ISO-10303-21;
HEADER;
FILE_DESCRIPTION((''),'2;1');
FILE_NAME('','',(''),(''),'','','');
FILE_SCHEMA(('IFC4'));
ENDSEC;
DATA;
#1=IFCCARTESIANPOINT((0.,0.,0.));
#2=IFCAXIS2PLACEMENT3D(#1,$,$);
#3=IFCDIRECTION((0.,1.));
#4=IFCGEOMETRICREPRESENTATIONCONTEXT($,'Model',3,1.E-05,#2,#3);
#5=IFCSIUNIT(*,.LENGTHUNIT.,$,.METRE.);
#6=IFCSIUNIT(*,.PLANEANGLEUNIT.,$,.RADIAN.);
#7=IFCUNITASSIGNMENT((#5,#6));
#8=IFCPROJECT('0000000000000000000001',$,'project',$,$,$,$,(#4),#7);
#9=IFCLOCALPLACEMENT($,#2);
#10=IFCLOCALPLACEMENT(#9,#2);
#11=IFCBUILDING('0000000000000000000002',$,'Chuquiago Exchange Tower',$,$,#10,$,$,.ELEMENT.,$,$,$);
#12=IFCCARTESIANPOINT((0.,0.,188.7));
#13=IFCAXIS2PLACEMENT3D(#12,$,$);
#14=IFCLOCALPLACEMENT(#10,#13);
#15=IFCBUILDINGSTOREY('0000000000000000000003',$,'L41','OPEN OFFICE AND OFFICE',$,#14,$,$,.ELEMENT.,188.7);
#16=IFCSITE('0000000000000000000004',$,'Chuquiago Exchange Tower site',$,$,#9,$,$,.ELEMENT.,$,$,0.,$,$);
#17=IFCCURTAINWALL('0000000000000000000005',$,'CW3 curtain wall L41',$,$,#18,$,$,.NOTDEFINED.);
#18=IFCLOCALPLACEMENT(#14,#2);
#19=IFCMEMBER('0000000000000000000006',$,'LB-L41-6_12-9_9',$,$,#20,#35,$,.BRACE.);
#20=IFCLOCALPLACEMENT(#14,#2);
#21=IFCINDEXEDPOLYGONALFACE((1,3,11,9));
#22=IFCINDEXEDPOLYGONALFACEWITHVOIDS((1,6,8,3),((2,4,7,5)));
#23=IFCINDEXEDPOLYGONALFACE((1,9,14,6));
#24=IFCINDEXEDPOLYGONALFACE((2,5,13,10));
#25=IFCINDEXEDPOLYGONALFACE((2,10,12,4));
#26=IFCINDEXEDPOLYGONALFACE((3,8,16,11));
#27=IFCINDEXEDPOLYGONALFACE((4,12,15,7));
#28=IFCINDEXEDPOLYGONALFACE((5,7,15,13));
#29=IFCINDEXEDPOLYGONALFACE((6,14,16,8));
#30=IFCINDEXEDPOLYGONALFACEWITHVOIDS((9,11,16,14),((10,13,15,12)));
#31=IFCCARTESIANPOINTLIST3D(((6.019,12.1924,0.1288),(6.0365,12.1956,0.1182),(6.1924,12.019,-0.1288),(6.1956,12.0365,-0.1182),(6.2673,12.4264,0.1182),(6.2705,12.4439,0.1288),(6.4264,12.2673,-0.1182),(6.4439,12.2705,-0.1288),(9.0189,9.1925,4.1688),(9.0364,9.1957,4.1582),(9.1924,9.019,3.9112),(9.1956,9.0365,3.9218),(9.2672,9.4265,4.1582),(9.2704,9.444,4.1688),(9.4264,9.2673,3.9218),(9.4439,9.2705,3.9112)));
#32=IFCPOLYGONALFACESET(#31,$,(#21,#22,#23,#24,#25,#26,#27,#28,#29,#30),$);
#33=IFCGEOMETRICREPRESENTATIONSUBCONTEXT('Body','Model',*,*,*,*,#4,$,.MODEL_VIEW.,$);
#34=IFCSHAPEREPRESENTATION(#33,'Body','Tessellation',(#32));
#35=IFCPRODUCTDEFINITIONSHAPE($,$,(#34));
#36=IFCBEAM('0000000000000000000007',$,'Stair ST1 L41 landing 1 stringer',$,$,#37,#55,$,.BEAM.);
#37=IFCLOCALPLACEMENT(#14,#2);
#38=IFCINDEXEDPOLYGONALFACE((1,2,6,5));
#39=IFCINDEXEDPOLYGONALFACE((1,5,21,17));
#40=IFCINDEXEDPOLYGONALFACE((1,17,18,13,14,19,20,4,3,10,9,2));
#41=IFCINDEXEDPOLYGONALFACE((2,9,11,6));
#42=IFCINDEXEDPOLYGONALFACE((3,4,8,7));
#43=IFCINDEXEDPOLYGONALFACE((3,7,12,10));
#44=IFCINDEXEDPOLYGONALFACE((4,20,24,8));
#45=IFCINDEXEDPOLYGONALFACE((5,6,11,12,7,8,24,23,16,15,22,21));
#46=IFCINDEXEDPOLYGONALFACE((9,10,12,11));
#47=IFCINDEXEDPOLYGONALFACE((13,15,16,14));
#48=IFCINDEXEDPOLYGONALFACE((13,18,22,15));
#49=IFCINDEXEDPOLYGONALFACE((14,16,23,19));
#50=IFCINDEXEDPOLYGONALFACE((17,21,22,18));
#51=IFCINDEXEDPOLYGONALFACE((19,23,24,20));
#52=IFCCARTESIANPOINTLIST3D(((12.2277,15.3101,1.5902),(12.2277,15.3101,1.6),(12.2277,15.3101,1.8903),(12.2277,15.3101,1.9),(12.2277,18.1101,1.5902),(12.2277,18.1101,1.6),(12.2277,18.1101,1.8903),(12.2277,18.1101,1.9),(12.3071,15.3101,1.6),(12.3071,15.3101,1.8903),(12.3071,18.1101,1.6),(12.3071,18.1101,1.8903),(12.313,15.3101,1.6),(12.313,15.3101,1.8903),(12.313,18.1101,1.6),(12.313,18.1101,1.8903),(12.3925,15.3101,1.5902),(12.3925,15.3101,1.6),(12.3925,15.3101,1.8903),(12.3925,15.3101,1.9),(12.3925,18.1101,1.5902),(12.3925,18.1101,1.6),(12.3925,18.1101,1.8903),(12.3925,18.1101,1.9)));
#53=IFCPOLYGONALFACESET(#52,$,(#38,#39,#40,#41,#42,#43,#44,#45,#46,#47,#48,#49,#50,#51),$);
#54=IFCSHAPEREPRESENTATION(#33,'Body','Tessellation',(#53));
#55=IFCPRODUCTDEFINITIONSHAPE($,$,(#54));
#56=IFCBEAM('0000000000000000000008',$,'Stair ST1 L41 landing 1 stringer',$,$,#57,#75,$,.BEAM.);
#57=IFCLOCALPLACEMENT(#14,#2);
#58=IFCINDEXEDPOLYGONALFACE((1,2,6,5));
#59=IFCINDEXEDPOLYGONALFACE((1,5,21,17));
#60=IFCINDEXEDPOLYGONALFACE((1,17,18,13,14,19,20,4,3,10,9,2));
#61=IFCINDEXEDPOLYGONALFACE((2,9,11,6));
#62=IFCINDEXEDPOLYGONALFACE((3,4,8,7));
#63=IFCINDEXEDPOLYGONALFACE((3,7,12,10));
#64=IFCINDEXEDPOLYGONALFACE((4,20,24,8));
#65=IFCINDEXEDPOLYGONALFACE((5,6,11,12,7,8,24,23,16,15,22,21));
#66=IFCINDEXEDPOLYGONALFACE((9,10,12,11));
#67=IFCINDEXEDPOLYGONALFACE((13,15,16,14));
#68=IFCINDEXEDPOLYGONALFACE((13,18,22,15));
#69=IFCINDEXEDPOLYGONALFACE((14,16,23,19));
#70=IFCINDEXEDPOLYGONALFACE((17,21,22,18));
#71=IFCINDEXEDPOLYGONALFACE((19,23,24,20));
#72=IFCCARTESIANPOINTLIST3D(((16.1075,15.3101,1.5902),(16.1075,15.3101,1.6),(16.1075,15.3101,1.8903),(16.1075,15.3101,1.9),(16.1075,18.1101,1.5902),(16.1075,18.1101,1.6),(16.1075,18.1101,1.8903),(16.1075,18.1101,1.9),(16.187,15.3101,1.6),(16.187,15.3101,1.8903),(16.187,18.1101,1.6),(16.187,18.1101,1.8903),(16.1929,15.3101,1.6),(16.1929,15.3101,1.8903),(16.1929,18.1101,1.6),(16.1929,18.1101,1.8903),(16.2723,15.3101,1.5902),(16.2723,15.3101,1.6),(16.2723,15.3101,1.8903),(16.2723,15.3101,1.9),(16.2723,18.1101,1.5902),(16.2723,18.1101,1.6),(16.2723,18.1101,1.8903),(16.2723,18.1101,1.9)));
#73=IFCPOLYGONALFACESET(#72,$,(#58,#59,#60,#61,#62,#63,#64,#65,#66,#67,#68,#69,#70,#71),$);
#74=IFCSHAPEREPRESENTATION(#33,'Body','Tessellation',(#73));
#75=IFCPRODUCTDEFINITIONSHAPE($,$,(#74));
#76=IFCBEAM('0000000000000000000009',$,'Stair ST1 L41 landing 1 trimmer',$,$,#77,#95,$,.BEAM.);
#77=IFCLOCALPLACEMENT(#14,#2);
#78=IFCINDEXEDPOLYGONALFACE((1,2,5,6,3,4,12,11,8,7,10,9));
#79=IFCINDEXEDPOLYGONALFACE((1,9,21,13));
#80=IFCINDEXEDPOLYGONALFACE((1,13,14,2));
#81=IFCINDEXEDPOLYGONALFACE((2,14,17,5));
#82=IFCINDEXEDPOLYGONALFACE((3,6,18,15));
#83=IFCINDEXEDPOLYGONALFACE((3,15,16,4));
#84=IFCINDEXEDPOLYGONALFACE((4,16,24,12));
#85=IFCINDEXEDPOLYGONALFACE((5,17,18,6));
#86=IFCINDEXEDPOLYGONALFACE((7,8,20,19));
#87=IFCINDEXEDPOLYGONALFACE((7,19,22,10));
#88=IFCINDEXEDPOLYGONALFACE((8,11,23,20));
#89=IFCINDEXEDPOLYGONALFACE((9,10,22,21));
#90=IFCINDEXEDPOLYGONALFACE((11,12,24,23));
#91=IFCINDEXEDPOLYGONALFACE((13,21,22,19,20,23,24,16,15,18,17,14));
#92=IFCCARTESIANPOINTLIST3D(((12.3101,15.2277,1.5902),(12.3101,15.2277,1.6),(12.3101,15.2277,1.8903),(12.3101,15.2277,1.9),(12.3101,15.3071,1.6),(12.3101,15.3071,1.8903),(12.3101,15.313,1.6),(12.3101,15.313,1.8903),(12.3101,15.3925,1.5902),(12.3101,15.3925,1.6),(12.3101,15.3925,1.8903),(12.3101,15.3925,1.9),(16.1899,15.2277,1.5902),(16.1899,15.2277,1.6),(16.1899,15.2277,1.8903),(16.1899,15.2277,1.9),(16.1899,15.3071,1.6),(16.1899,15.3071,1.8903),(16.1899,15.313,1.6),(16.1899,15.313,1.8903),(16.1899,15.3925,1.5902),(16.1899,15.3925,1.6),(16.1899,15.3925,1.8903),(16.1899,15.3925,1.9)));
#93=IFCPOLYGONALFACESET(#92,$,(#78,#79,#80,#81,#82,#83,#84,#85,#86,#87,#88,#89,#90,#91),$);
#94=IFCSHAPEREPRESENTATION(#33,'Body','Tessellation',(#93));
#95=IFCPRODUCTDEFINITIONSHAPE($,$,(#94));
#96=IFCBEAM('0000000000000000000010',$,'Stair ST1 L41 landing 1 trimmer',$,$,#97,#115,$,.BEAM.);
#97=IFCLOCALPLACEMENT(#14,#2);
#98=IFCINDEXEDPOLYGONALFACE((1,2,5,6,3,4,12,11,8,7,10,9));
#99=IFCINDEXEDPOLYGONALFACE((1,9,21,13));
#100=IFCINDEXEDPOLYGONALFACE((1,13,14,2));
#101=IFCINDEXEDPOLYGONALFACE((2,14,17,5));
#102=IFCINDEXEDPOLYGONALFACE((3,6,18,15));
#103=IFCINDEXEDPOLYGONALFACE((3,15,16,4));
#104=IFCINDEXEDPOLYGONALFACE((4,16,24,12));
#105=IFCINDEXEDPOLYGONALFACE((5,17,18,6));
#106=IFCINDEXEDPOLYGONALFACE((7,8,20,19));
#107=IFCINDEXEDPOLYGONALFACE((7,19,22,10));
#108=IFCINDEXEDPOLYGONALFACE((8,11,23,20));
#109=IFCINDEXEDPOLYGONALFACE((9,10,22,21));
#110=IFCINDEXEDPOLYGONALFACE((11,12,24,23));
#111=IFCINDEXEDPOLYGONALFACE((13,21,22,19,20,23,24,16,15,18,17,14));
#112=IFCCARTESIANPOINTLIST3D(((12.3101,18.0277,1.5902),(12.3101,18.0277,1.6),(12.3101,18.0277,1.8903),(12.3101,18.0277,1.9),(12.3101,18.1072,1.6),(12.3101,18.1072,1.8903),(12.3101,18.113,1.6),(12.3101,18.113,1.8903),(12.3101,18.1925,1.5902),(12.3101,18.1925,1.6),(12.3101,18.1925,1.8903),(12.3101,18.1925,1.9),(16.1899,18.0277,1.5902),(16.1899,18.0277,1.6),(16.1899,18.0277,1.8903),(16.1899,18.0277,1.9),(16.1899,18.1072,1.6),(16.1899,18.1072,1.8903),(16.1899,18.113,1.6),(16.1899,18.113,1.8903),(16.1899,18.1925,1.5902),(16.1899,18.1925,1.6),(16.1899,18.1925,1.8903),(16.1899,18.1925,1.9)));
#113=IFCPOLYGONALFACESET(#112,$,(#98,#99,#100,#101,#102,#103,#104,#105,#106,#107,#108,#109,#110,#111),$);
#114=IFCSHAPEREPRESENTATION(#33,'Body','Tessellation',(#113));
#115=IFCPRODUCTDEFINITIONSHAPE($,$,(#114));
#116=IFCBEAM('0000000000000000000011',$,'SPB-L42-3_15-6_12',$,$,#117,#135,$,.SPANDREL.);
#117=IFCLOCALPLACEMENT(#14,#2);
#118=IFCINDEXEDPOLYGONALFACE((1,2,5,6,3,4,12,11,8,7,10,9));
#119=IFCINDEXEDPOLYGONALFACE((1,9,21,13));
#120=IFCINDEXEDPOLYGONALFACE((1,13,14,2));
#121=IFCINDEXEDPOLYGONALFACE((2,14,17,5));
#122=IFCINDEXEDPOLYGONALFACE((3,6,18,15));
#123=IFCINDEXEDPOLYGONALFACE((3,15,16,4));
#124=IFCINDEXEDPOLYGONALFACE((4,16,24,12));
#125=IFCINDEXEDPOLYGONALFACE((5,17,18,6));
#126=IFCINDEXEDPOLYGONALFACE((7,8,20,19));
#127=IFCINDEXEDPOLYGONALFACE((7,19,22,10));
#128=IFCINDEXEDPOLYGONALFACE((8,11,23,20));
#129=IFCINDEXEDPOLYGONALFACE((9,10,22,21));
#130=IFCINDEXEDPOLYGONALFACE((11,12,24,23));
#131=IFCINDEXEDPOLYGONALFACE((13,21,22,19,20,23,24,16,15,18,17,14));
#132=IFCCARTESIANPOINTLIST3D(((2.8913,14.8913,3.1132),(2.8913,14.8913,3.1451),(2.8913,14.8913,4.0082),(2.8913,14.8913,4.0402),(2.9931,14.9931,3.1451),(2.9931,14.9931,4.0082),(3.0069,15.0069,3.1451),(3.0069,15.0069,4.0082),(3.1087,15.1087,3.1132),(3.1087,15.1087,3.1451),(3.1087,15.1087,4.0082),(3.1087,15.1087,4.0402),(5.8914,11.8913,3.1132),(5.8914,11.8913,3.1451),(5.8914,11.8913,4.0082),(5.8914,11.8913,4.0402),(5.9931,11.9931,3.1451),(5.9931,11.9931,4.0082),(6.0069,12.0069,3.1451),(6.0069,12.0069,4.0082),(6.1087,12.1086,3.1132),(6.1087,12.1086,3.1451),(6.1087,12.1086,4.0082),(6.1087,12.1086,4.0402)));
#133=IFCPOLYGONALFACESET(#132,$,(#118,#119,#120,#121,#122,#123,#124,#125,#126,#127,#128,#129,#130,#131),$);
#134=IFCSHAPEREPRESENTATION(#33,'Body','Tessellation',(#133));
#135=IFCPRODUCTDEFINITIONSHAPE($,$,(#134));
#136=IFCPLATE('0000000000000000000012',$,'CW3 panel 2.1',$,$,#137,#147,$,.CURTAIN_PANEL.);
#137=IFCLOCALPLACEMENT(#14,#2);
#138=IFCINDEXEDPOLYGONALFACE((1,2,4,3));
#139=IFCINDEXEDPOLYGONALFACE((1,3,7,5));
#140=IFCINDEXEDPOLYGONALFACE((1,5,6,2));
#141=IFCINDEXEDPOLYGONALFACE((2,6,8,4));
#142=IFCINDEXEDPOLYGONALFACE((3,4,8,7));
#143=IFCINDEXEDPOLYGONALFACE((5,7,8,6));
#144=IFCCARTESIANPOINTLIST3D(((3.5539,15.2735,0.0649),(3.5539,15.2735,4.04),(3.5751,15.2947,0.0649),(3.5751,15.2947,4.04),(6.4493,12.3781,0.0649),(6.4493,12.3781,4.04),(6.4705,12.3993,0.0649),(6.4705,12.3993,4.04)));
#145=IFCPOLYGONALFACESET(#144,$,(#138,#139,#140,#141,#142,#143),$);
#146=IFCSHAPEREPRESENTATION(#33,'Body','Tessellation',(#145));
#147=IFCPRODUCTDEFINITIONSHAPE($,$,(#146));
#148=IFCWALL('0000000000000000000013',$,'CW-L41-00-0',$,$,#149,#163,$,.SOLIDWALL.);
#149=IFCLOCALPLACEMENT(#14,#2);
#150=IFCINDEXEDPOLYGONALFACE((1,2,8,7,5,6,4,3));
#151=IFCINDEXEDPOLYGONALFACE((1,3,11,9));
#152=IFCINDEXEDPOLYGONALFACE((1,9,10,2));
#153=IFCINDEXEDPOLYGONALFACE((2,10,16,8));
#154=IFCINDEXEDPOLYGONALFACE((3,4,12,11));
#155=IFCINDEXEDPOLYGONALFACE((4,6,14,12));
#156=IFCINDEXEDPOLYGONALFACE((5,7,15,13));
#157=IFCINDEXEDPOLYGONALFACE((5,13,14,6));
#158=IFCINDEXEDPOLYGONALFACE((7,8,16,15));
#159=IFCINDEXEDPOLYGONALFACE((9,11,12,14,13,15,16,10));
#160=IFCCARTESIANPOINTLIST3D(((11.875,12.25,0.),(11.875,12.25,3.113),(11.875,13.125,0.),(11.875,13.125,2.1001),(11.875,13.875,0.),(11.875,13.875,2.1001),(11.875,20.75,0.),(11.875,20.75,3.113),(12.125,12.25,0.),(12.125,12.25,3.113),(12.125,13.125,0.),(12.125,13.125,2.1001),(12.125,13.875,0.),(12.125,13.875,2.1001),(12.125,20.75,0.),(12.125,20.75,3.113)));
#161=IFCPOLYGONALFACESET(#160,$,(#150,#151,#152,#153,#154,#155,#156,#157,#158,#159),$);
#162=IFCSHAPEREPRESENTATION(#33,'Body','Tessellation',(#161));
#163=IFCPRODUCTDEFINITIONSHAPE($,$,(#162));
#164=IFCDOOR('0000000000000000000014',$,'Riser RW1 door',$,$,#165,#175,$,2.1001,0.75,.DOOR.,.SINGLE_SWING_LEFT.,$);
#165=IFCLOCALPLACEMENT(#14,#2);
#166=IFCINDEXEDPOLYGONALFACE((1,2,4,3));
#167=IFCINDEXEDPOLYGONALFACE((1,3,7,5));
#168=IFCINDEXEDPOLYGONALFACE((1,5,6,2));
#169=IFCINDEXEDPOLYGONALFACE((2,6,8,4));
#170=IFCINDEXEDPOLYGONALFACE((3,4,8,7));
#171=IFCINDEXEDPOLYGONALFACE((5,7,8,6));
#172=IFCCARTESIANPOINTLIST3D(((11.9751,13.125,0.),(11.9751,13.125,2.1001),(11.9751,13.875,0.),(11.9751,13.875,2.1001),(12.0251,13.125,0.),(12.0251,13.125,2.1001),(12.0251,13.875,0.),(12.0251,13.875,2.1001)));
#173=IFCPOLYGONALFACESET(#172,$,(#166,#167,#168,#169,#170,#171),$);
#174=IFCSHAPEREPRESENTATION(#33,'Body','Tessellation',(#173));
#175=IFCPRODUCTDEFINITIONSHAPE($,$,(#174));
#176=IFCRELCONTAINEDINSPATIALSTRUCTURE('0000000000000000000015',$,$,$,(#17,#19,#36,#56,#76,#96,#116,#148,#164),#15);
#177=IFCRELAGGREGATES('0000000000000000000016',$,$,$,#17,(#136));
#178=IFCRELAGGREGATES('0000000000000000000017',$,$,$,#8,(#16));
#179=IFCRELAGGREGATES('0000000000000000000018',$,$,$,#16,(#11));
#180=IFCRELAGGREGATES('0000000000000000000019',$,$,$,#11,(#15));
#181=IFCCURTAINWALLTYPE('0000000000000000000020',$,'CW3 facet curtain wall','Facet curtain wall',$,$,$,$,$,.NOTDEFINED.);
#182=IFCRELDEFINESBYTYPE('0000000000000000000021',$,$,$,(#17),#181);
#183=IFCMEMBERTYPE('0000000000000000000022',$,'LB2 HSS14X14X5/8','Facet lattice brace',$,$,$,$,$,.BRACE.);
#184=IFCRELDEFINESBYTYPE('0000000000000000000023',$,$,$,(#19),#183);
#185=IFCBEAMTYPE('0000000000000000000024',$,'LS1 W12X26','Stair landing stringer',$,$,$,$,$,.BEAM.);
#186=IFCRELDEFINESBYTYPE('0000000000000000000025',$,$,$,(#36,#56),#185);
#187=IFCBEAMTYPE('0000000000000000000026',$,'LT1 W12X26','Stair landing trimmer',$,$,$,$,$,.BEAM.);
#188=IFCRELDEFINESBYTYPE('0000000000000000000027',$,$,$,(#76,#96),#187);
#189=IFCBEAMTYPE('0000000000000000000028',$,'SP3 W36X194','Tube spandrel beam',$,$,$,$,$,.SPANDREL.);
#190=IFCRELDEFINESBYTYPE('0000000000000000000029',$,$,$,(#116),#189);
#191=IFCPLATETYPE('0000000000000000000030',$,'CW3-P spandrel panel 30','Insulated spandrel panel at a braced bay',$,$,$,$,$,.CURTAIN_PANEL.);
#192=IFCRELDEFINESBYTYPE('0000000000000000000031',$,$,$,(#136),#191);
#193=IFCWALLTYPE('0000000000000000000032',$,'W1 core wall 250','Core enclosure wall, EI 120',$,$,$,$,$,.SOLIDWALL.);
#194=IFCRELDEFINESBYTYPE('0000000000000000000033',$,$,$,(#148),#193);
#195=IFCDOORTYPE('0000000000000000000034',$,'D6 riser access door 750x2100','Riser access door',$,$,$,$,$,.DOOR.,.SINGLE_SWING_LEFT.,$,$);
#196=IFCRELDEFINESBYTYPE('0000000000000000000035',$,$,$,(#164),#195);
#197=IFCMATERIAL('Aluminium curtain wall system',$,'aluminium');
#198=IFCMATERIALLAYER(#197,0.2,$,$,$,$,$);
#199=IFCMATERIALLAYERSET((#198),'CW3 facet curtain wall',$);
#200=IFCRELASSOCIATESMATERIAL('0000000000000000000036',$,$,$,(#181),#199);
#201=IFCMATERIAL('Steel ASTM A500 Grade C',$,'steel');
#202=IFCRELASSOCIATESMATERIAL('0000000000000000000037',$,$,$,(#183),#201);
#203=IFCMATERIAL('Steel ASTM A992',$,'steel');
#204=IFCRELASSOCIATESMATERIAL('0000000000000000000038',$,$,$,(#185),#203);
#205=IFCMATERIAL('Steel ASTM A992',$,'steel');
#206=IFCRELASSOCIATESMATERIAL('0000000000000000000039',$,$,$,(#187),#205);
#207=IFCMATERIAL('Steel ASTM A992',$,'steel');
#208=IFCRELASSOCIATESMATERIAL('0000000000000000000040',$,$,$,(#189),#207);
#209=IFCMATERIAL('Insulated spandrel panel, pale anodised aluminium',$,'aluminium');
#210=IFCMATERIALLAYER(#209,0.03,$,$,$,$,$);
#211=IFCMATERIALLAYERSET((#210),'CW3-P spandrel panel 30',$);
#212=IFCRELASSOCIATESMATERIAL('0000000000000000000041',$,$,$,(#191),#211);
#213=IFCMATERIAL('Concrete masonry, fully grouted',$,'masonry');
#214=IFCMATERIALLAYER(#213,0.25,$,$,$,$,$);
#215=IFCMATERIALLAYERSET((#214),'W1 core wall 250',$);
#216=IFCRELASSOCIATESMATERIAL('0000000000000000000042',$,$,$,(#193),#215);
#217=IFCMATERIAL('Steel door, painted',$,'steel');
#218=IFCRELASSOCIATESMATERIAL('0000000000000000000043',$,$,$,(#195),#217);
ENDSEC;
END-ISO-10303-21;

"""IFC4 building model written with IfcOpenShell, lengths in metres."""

from ifc_helpers import new_model, si_unit, direction, frame, frame_2d, origin, origin_2d, place, context, subcontext, project, spatial, rectangle, hollow_rectangle, i_section, extrude, material, layer, layer_set, material_profile, profile_set, type_object, element, fill, aggregate, save


model = new_model("IFC4")

# Units and contexts
model_context = context("Model", 3, precision=1e-05, world=origin(), true_north=direction((0.0, 1.0)))
body_context = subcontext(model_context, "Body", "Model", "MODEL_VIEW")
ifc_project = project(units=[si_unit("LENGTHUNIT", "METRE"), si_unit("PLANEANGLEUNIT", "RADIAN")], contexts=[model_context])

# Site, building, storey
site_placement = place(None, origin())
site = spatial("IfcSite", under=ifc_project, at=site_placement, Name="Chuquiago Exchange Tower site", CompositionType="ELEMENT", RefElevation=0.0)
building_placement = place(site_placement, origin())
building = spatial("IfcBuilding", under=site, at=building_placement, Name="Chuquiago Exchange Tower", CompositionType="ELEMENT")
storey_placement = place(building_placement, frame((0.0, 0.0, 188.7)))
storey = spatial("IfcBuildingStorey", under=building, at=storey_placement, Name="L41", Description="OPEN OFFICE AND OFFICE", CompositionType="ELEMENT", Elevation=188.7)

# Curtain wall
ifc_material_1 = material(Name="Aluminium curtain wall system", Category="aluminium")
ifc_layer_1 = layer(ifc_material_1, 0.2)
ifc_layer_set_1 = layer_set([ifc_layer_1], Name="CW3 facet curtain wall")
curtain_wall_type = type_object("IfcCurtainWallType", Name="CW3 facet curtain wall", Description="Facet curtain wall", PredefinedType="NOTDEFINED", material=ifc_layer_set_1)
curtain_wall_placement = place(storey_placement, origin())
curtain_wall = element("IfcCurtainWall", 1, at=curtain_wall_placement, inside=storey, type_object=curtain_wall_type, Name="CW3 curtain wall L41", PredefinedType="NOTDEFINED")

# Member
ifc_material_2 = material(Name="Steel ASTM A500 Grade C", Category="steel")
ifc_material_profile_1 = material_profile(ifc_material_2, hollow_rectangle(XDim=0.3557, YDim=0.3557, WallThickness=0.0146, at=origin_2d()), Name="HSS14X14X5/8")
ifc_profile_set_1 = profile_set([ifc_material_profile_1], Name="Steel ASTM A500 Grade C")
member_type_1 = type_object("IfcMemberType", Name="LB2 HSS14X14X5/8", Description="Facet lattice brace", PredefinedType="BRACE", material=ifc_profile_set_1)
for number, where, z_axis, x_axis, name in (
    (2, (6.2314, 12.2314, 0.0), (0.512077, -0.512077, 0.689604), (0.707107, 0.707107, 0.0), "LB-L41-6_12-9_9"),
):
    element("IfcMember", number, at=place(storey_placement, frame(where, z_axis=z_axis, x_axis=x_axis)), inside=storey, type_object=member_type_1, Name=name, PredefinedType="BRACE", context=body_context, shape_type="SweptSolid", body=[
        extrude(hollow_rectangle(XDim=0.3557, YDim=0.3557, WallThickness=0.0146, at=origin_2d()), origin(), (0.0, 0.0, 1.0), 5.8584),
    ])

# Beams
ifc_material_3 = material(Name="Steel ASTM A992", Category="steel")
ifc_material_profile_2 = material_profile(ifc_material_3, i_section(OverallWidth=0.1648, OverallDepth=0.3098, WebThickness=0.0059, FlangeThickness=0.0098, at=origin_2d()), Name="W12X26")
ifc_profile_set_2 = profile_set([ifc_material_profile_2], Name="Steel ASTM A992")
beam_type_1 = type_object("IfcBeamType", Name="LS1 W12X26", Description="Stair landing stringer", PredefinedType="BEAM", material=ifc_profile_set_2)
for number, where, z_axis, x_axis, name in (
    (3, (12.3101, 15.3101, 1.7451), (0.0, 1.0, 0.0), (-1.0, 0.0, 0.0), "Stair ST1 L41 landing 1 stringer"),
    (4, (16.1899, 15.3101, 1.7451), (0.0, 1.0, 0.0), (-1.0, 0.0, 0.0), "Stair ST1 L41 landing 1 stringer"),
):
    element("IfcBeam", number, at=place(storey_placement, frame(where, z_axis=z_axis, x_axis=x_axis)), inside=storey, type_object=beam_type_1, Name=name, PredefinedType="BEAM", context=body_context, shape_type="SweptSolid", body=[
        extrude(i_section(OverallWidth=0.1648, OverallDepth=0.3098, WebThickness=0.0059, FlangeThickness=0.0098, at=origin_2d()), origin(), (0.0, 0.0, 1.0), 2.8),
    ])
ifc_material_4 = material(Name="Steel ASTM A992", Category="steel")
ifc_material_profile_3 = material_profile(ifc_material_4, i_section(OverallWidth=0.1648, OverallDepth=0.3098, WebThickness=0.0059, FlangeThickness=0.0098, at=origin_2d()), Name="W12X26")
ifc_profile_set_3 = profile_set([ifc_material_profile_3], Name="Steel ASTM A992")
beam_type_2 = type_object("IfcBeamType", Name="LT1 W12X26", Description="Stair landing trimmer", PredefinedType="BEAM", material=ifc_profile_set_3)
for number, where, z_axis, x_axis, name in (
    (5, (12.3101, 15.3101, 1.7451), (1.0, 0.0, 0.0), (0.0, 1.0, 0.0), "Stair ST1 L41 landing 1 trimmer"),
    (6, (12.3101, 18.1101, 1.7451), (1.0, 0.0, 0.0), (0.0, 1.0, 0.0), "Stair ST1 L41 landing 1 trimmer"),
):
    element("IfcBeam", number, at=place(storey_placement, frame(where, z_axis=z_axis, x_axis=x_axis)), inside=storey, type_object=beam_type_2, Name=name, PredefinedType="BEAM", context=body_context, shape_type="SweptSolid", body=[
        extrude(i_section(OverallWidth=0.1648, OverallDepth=0.3098, WebThickness=0.0059, FlangeThickness=0.0098, at=origin_2d()), origin(), (0.0, 0.0, 1.0), 3.8799),
    ])
ifc_material_5 = material(Name="Steel ASTM A992", Category="steel")
ifc_material_profile_4 = material_profile(ifc_material_5, i_section(OverallWidth=0.3074, OverallDepth=0.927, WebThickness=0.0195, FlangeThickness=0.032, at=origin_2d()), Name="W36X194")
ifc_profile_set_4 = profile_set([ifc_material_profile_4], Name="Steel ASTM A992")
beam_type_3 = type_object("IfcBeamType", Name="SP3 W36X194", Description="Tube spandrel beam", PredefinedType="SPANDREL", material=ifc_profile_set_4)
beam_1_placement = place(storey_placement, frame((3.0, 15.0, 3.5767), z_axis=(0.707107, -0.707107, 0.0), x_axis=(0.707107, 0.707107, 0.0)))
element("IfcBeam", 7, at=beam_1_placement, inside=storey, type_object=beam_type_3, Name="SPB-L42-3_15-6_12", PredefinedType="SPANDREL", context=body_context, shape_type="SweptSolid", body=[
    extrude(i_section(OverallWidth=0.3074, OverallDepth=0.927, WebThickness=0.0195, FlangeThickness=0.032, at=origin_2d()), origin(), (0.0, 0.0, 1.0), 4.2427),
])

# Plate
ifc_material_6 = material(Name="Insulated spandrel panel, pale anodised aluminium", Category="aluminium")
ifc_layer_2 = layer(ifc_material_6, 0.03)
ifc_layer_set_2 = layer_set([ifc_layer_2], Name="CW3-P spandrel panel 30")
plate_type = type_object("IfcPlateType", Name="CW3-P spandrel panel 30", Description="Insulated spandrel panel at a braced bay", PredefinedType="CURTAIN_PANEL", material=ifc_layer_set_2)
plate_placement = place(storey_placement, frame((5.0122, 13.8364, 0.0649), z_axis=(0.0, 0.0, 1.0), x_axis=(0.707107, -0.707107, 0.0)))
plate = element("IfcPlate", 8, at=plate_placement, type_object=plate_type, Name="CW3 panel 2.1", PredefinedType="CURTAIN_PANEL", context=body_context, shape_type="SweptSolid", body=[
    extrude(rectangle(XDim=4.0947, YDim=0.03, at=origin_2d()), origin(), (0.0, 0.0, 1.0), 3.9751),
])
aggregate(curtain_wall, [plate])

# Wall, opening, door
ifc_material_7 = material(Name="Concrete masonry, fully grouted", Category="masonry")
ifc_layer_3 = layer(ifc_material_7, 0.25)
ifc_layer_set_3 = layer_set([ifc_layer_3], Name="W1 core wall 250")
wall_type_1 = type_object("IfcWallType", Name="W1 core wall 250", Description="Core enclosure wall, EI 120", PredefinedType="SOLIDWALL", material=ifc_layer_set_3)
wall_1_placement = place(storey_placement, frame((12.0, 12.25, 0.0), z_axis=(0.0, 0.0, 1.0), x_axis=(0.0, 1.0, 0.0)))
wall_1 = element("IfcWall", 9, at=wall_1_placement, inside=storey, type_object=wall_type_1, Name="CW-L41-00-0", PredefinedType="SOLIDWALL", context=body_context, shape_type="SweptSolid", body=[
    extrude(rectangle(XDim=8.5, YDim=0.25, at=frame_2d((4.25, 0.0))), origin(), (0.0, 0.0, 1.0), 3.113),
])
opening_placement = place(wall_1_placement, frame((0.875, 0.0, 0.0)))
opening = element("IfcOpeningElement", 10, at=opening_placement, cuts=wall_1, PredefinedType="OPENING", context=body_context, shape_type="SweptSolid", body=[
    extrude(rectangle(XDim=0.75, YDim=2.1001, at=frame_2d((0.375, 1.05))), frame((0.0, 0.135, 0.0), z_axis=(0.0, -1.0, 0.0), x_axis=(1.0, 0.0, 0.0)), (0.0, 0.0, 1.0), 0.27),
])
ifc_material_8 = material(Name="Steel door, painted", Category="steel")
door_type = type_object("IfcDoorType", Name="D6 riser access door 750x2100", Description="Riser access door", OperationType="SINGLE_SWING_LEFT", PredefinedType="DOOR", material=ifc_material_8)
door_placement = place(opening_placement, origin())
door = element("IfcDoor", 11, at=door_placement, inside=storey, type_object=door_type, Name="Riser RW1 door", OperationType="SINGLE_SWING_LEFT", OverallHeight=2.1001, OverallWidth=0.75, PredefinedType="DOOR", context=body_context, shape_type="SweptSolid", body=[
    extrude(rectangle(XDim=0.75, YDim=2.1001, at=frame_2d((0.375, 1.05))), frame((0.0, 0.0249, 0.0), z_axis=(0.0, -1.0, 0.0), x_axis=(1.0, 0.0, 0.0)), (0.0, 0.0, 1.0), 0.05),
])
fill(opening, door)

save(model, "model.ifc")
